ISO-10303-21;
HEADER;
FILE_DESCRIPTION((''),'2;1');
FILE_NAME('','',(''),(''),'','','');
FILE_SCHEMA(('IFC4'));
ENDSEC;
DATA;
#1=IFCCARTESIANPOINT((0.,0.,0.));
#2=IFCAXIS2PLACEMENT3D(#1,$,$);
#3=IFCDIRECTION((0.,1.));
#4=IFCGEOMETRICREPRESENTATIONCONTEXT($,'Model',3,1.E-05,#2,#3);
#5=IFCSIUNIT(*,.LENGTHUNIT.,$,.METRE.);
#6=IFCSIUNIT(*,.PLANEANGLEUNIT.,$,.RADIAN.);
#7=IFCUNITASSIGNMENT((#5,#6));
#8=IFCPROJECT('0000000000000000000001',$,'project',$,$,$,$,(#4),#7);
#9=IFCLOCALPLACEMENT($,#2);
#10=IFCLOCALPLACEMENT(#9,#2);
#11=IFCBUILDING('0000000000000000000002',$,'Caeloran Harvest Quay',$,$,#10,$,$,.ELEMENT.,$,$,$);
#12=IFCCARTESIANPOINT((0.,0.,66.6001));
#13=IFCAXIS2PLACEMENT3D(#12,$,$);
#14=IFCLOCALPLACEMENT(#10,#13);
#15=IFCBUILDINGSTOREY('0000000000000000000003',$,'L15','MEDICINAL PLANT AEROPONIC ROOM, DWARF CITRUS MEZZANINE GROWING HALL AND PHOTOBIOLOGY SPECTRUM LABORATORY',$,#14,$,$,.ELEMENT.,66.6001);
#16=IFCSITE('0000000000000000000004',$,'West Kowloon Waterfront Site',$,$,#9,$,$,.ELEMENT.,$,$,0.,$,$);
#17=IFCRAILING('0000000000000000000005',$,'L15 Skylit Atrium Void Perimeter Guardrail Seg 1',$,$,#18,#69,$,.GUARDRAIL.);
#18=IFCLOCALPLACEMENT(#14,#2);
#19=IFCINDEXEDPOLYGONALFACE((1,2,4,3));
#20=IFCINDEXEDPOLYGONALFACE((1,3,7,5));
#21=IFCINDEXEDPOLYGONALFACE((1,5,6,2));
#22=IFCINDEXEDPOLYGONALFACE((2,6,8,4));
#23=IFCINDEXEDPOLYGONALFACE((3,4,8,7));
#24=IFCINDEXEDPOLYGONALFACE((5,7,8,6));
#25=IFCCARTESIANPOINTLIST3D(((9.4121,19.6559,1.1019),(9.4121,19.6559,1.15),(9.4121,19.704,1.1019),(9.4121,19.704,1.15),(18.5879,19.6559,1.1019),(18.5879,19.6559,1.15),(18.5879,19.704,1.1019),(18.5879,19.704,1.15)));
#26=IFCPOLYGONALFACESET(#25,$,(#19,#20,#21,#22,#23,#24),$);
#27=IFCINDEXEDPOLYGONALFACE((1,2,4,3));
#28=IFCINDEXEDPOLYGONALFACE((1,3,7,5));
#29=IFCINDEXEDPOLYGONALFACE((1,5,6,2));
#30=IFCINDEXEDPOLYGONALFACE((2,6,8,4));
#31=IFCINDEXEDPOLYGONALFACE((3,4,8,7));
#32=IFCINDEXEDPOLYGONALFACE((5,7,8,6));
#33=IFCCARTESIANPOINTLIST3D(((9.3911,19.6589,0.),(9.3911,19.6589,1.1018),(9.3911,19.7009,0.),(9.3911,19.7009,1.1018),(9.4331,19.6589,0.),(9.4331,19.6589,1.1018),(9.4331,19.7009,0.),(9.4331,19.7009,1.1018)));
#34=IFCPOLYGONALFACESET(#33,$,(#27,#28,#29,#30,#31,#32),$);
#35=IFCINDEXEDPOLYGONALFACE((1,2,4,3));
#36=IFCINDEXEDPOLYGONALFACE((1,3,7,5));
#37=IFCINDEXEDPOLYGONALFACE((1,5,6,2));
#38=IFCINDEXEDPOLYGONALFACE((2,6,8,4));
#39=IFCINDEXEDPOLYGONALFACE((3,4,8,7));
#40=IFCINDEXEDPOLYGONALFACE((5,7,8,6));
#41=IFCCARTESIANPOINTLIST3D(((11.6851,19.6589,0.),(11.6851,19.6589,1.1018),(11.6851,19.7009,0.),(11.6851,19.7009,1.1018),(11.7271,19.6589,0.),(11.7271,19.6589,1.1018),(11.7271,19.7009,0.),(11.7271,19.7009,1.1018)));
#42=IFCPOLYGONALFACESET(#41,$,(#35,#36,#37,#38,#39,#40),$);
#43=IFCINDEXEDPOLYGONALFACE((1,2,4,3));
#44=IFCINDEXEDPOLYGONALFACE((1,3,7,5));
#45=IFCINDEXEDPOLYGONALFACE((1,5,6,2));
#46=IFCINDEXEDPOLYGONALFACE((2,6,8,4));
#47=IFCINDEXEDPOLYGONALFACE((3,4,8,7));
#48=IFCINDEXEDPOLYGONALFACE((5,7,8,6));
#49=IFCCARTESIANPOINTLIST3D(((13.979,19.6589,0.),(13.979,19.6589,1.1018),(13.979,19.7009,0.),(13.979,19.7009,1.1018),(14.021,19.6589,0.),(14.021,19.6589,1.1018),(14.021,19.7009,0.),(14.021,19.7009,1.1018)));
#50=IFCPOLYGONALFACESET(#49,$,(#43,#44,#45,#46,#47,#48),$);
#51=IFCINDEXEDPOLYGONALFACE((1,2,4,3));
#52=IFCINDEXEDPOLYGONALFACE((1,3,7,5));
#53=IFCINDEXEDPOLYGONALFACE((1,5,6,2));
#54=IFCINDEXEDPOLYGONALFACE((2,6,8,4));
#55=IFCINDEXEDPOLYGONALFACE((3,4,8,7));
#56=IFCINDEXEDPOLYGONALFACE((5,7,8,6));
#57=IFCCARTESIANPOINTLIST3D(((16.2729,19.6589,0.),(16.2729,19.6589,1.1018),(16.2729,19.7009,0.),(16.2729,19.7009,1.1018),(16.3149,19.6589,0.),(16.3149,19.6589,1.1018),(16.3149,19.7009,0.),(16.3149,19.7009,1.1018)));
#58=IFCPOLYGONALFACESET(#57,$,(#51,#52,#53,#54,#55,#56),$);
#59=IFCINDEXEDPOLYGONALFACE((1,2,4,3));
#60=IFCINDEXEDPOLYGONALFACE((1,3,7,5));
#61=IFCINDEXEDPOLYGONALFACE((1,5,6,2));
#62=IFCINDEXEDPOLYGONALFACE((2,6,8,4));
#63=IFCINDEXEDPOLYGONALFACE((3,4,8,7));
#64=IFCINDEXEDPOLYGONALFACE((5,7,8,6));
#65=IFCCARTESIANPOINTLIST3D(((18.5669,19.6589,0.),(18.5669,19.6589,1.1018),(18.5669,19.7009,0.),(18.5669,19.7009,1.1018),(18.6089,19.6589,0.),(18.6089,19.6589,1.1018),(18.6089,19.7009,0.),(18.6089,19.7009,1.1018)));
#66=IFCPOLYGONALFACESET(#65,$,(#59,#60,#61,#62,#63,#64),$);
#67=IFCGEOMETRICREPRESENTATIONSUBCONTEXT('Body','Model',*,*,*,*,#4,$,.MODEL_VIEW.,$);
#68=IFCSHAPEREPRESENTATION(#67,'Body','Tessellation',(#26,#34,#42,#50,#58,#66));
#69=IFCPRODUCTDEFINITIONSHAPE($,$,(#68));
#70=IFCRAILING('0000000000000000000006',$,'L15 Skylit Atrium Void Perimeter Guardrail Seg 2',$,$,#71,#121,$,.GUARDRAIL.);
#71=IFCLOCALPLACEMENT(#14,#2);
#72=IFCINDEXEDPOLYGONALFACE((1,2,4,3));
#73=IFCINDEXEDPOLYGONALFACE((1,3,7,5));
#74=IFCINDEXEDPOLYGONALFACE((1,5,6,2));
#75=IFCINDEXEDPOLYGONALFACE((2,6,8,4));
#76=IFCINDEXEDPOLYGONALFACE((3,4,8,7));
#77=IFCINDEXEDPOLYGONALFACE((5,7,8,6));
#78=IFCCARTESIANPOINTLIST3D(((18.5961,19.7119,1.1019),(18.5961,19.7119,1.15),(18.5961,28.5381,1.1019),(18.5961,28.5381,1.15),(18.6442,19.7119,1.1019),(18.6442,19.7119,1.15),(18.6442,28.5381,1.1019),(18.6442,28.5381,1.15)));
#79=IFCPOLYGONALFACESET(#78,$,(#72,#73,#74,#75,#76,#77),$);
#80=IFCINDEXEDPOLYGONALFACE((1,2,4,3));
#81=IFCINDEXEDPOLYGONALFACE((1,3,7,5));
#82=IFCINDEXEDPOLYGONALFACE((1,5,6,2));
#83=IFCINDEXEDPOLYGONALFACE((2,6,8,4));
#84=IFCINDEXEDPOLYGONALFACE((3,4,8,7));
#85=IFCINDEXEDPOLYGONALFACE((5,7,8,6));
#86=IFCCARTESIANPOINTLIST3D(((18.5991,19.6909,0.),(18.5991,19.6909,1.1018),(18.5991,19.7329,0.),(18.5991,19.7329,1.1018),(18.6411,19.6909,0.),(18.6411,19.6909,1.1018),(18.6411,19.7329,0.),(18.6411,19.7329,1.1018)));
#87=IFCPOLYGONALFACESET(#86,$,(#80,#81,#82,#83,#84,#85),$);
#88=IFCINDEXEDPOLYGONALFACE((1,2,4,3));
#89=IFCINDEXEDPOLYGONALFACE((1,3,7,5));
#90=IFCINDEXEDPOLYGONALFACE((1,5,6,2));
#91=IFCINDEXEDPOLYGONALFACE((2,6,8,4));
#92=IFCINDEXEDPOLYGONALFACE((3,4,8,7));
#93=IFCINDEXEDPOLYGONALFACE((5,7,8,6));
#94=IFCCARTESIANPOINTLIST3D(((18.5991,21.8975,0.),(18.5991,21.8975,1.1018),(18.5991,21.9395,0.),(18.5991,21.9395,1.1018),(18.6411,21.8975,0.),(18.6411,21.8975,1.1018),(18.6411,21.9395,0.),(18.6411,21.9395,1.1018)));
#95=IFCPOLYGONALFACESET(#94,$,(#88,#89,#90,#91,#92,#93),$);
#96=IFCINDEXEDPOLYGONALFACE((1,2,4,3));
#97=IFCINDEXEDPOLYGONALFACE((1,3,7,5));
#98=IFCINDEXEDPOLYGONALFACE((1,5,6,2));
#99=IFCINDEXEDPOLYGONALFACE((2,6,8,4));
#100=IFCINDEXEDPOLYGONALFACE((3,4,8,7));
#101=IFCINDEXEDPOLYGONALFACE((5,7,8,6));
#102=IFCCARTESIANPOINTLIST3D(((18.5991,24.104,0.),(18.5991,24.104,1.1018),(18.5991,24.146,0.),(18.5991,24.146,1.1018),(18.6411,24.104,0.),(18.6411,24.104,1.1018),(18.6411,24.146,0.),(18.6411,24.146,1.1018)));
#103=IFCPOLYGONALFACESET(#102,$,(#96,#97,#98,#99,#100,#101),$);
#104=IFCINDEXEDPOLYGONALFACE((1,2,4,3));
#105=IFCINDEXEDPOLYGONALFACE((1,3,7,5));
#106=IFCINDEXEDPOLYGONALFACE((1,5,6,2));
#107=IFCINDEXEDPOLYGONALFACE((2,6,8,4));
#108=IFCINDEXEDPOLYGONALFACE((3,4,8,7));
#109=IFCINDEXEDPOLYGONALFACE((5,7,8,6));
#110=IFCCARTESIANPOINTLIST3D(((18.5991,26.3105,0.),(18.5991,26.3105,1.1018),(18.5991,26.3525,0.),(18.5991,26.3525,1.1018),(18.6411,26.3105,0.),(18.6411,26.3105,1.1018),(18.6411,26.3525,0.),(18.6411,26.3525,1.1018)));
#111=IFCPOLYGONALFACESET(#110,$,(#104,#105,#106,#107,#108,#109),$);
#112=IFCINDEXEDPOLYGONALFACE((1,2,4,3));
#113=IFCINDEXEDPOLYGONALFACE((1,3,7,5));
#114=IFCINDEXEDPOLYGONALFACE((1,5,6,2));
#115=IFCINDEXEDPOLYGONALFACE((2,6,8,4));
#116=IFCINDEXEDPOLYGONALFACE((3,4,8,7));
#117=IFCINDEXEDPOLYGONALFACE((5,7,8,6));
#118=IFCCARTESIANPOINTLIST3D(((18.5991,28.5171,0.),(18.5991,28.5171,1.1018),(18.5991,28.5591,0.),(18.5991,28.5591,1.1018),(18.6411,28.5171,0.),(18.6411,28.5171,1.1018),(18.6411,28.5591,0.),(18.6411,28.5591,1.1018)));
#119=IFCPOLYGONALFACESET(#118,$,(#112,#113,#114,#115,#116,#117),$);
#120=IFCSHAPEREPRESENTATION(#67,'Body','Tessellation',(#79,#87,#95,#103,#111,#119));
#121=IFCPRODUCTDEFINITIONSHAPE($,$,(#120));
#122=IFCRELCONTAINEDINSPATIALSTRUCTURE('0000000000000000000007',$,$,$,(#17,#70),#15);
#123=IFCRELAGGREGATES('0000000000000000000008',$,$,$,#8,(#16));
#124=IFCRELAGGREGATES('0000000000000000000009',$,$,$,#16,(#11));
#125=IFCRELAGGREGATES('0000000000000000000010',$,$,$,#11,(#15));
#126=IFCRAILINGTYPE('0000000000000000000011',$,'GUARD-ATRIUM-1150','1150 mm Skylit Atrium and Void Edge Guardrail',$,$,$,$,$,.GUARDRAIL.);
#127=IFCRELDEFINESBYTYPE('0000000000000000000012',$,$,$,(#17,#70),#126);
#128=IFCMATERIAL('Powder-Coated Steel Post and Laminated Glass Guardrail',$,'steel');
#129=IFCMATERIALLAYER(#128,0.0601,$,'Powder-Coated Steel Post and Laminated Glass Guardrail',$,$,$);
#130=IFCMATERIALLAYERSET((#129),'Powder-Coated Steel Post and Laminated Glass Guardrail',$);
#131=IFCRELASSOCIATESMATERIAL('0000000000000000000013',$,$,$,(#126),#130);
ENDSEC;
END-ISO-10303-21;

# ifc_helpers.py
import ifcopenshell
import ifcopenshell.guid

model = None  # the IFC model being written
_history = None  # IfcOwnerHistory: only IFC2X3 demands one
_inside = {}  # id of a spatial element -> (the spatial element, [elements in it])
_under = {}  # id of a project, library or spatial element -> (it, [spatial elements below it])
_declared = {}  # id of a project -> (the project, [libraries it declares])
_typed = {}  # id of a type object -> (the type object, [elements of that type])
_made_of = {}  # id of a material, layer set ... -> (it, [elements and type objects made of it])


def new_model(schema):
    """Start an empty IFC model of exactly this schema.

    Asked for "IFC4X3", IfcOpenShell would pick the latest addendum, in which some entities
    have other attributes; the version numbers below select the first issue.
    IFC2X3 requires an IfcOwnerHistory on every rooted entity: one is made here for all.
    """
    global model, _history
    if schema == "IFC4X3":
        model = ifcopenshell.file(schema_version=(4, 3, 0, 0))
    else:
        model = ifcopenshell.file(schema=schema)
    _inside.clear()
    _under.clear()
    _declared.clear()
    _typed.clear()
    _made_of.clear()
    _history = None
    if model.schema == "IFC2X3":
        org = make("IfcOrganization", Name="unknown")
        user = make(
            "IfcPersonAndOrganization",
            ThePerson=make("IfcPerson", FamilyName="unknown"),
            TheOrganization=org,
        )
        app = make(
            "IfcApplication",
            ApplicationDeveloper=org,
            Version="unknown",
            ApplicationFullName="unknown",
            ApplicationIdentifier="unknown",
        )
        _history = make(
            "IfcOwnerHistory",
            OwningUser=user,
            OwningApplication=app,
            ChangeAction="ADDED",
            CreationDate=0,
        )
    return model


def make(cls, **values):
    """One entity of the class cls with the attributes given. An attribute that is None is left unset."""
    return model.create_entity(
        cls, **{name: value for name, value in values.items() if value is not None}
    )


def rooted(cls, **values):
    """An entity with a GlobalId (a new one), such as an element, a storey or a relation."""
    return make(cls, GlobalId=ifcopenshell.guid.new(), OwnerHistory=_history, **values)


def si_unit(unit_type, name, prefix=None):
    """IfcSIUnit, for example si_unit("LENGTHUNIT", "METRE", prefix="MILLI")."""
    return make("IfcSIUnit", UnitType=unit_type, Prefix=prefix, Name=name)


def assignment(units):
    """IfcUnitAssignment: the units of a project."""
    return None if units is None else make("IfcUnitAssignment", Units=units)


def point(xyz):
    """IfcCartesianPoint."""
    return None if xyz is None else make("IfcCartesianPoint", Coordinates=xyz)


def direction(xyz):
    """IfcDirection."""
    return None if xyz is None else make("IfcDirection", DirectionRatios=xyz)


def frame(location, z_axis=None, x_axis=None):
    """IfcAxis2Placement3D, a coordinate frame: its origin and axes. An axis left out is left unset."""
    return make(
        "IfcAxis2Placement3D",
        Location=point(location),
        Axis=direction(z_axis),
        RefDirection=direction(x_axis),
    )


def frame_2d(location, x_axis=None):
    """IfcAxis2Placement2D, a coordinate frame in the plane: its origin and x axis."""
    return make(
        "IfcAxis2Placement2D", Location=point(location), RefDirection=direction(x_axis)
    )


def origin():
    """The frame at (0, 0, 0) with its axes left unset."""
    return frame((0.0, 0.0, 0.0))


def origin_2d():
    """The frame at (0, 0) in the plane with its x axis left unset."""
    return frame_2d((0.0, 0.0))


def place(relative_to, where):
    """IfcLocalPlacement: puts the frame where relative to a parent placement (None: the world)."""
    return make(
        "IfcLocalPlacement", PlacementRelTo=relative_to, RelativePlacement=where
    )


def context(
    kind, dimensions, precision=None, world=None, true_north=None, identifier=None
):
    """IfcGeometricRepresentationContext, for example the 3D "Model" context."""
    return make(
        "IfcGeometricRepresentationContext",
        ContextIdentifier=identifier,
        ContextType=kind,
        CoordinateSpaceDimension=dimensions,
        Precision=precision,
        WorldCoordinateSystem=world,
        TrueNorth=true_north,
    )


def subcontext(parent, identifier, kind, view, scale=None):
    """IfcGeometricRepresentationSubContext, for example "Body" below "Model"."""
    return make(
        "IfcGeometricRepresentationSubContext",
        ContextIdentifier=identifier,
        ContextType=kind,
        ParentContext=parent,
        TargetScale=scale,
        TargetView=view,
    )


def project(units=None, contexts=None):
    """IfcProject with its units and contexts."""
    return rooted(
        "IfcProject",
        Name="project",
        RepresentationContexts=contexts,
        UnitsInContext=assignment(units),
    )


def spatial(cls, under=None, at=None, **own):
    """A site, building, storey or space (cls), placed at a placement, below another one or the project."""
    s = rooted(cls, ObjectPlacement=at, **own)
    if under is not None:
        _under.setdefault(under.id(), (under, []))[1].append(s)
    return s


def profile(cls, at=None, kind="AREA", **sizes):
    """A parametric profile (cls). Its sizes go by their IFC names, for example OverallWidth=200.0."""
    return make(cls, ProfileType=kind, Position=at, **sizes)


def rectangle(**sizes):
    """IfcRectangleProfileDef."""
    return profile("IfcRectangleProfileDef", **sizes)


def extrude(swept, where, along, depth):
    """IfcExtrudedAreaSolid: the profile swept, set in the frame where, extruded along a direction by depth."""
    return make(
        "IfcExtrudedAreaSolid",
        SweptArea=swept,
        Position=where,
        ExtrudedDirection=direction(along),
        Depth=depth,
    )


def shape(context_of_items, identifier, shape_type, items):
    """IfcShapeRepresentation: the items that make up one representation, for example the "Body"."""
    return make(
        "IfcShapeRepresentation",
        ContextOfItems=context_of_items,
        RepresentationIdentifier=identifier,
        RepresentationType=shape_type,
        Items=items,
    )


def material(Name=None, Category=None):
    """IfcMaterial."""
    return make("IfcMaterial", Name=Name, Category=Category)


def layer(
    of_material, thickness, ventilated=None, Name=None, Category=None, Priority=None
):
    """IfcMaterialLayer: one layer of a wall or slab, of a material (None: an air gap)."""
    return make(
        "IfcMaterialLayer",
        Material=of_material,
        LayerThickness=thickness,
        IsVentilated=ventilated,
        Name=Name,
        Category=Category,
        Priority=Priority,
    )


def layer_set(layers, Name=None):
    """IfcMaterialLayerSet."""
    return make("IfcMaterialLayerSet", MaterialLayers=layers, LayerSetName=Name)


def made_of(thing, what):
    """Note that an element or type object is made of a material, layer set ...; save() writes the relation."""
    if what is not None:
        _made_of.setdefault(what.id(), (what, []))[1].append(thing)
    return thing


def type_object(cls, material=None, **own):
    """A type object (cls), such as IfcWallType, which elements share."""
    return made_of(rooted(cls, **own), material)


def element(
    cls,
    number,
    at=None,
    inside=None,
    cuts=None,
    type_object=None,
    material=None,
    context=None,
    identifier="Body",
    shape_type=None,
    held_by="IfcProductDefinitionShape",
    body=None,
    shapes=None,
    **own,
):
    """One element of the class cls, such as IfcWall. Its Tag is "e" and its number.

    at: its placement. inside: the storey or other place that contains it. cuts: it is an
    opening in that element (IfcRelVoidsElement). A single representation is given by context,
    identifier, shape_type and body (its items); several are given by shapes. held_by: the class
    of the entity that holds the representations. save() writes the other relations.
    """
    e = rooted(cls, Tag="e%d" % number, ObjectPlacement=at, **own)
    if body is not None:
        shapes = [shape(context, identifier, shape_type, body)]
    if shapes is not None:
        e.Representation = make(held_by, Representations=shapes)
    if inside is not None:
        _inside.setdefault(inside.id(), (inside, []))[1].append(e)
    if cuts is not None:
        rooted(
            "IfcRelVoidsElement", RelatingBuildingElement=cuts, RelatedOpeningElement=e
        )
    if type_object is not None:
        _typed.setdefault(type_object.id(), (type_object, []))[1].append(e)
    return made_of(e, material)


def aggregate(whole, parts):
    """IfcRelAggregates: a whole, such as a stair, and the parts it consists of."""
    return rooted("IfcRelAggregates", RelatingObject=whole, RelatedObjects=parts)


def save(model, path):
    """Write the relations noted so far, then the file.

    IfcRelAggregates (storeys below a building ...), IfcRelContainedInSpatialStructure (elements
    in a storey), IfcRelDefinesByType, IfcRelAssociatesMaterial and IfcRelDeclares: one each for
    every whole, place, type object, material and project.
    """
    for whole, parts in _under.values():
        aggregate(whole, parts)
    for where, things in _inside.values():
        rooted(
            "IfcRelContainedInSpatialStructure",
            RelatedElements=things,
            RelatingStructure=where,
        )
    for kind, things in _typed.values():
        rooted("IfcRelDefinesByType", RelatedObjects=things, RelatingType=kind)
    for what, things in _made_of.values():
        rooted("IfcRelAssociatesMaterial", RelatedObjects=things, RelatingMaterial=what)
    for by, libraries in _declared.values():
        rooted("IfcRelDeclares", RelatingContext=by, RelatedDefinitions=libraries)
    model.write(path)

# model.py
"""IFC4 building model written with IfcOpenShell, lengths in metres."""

from ifc_helpers import new_model, si_unit, direction, frame, origin, origin_2d, place, context, subcontext, project, spatial, rectangle, extrude, material, layer, layer_set, type_object, element, save


model = new_model("IFC4")

# Units and contexts
model_context = context("Model", 3, precision=1e-05, world=origin(), true_north=direction((0.0, 1.0)))
body_context = subcontext(model_context, "Body", "Model", "MODEL_VIEW")
ifc_project = project(units=[si_unit("LENGTHUNIT", "METRE"), si_unit("PLANEANGLEUNIT", "RADIAN")], contexts=[model_context])

# Site, building, storey
site_placement = place(None, origin())
site = spatial("IfcSite", under=ifc_project, at=site_placement, Name="West Kowloon Waterfront Site", CompositionType="ELEMENT", RefElevation=0.0)
building_placement = place(site_placement, origin())
building = spatial("IfcBuilding", under=site, at=building_placement, Name="Caeloran Harvest Quay", CompositionType="ELEMENT")
storey_placement = place(building_placement, frame((0.0, 0.0, 66.6001)))
storey = spatial("IfcBuildingStorey", under=building, at=storey_placement, Name="L15", Description="MEDICINAL PLANT AEROPONIC ROOM, DWARF CITRUS MEZZANINE GROWING HALL AND PHOTOBIOLOGY SPECTRUM LABORATORY", CompositionType="ELEMENT", Elevation=66.6001)

# Railings
ifc_material_1 = material(Name="Powder-Coated Steel Post and Laminated Glass Guardrail", Category="steel")
ifc_layer_1 = layer(ifc_material_1, 0.0601, Name="Powder-Coated Steel Post and Laminated Glass Guardrail")
ifc_layer_set_1 = layer_set([ifc_layer_1], Name="Powder-Coated Steel Post and Laminated Glass Guardrail")
railing_type = type_object("IfcRailingType", Name="GUARD-ATRIUM-1150", Description="1150 mm Skylit Atrium and Void Edge Guardrail", PredefinedType="GUARDRAIL", material=ifc_layer_set_1)
railing_1_placement = place(storey_placement, frame((9.4121, 19.6799, 0.0)))
element("IfcRailing", 1, at=railing_1_placement, inside=storey, type_object=railing_type, Name="L15 Skylit Atrium Void Perimeter Guardrail Seg 1", PredefinedType="GUARDRAIL", context=body_context, shape_type="SweptSolid", body=[
    extrude(rectangle(XDim=0.0481, YDim=0.0481, at=origin_2d()), frame((0.0, 0.0, 1.126), z_axis=(1.0, 0.0, 0.0), x_axis=(0.0, 1.0, 0.0)), (0.0, 0.0, 1.0), 9.1758),
    extrude(rectangle(XDim=0.042, YDim=0.042, at=origin_2d()), origin(), (0.0, 0.0, 1.0), 1.1018),
    extrude(rectangle(XDim=0.042, YDim=0.042, at=origin_2d()), frame((2.2939, 0.0, 0.0)), (0.0, 0.0, 1.0), 1.1018),
    extrude(rectangle(XDim=0.042, YDim=0.042, at=origin_2d()), frame((4.5879, 0.0, 0.0)), (0.0, 0.0, 1.0), 1.1018),
    extrude(rectangle(XDim=0.042, YDim=0.042, at=origin_2d()), frame((6.8818, 0.0, 0.0)), (0.0, 0.0, 1.0), 1.1018),
    extrude(rectangle(XDim=0.042, YDim=0.042, at=origin_2d()), frame((9.1758, 0.0, 0.0)), (0.0, 0.0, 1.0), 1.1018),
])
railing_2_placement = place(storey_placement, frame((18.6201, 19.7119, 0.0)))
element("IfcRailing", 2, at=railing_2_placement, inside=storey, type_object=railing_type, Name="L15 Skylit Atrium Void Perimeter Guardrail Seg 2", PredefinedType="GUARDRAIL", context=body_context, shape_type="SweptSolid", body=[
    extrude(rectangle(XDim=0.0481, YDim=0.0481, at=origin_2d()), frame((0.0, 0.0, 1.126), z_axis=(0.0, 1.0, 0.0), x_axis=(-1.0, 0.0, 0.0)), (0.0, 0.0, 1.0), 8.8262),
    extrude(rectangle(XDim=0.042, YDim=0.042, at=origin_2d()), origin(), (0.0, 0.0, 1.0), 1.1018),
    extrude(rectangle(XDim=0.042, YDim=0.042, at=origin_2d()), frame((0.0, 2.2065, 0.0)), (0.0, 0.0, 1.0), 1.1018),
    extrude(rectangle(XDim=0.042, YDim=0.042, at=origin_2d()), frame((0.0, 4.4131, 0.0)), (0.0, 0.0, 1.0), 1.1018),
    extrude(rectangle(XDim=0.042, YDim=0.042, at=origin_2d()), frame((0.0, 6.6196, 0.0)), (0.0, 0.0, 1.0), 1.1018),
    extrude(rectangle(XDim=0.042, YDim=0.042, at=origin_2d()), frame((0.0, 8.8262, 0.0)), (0.0, 0.0, 1.0), 1.1018),
])

save(model, "model.ifc")
